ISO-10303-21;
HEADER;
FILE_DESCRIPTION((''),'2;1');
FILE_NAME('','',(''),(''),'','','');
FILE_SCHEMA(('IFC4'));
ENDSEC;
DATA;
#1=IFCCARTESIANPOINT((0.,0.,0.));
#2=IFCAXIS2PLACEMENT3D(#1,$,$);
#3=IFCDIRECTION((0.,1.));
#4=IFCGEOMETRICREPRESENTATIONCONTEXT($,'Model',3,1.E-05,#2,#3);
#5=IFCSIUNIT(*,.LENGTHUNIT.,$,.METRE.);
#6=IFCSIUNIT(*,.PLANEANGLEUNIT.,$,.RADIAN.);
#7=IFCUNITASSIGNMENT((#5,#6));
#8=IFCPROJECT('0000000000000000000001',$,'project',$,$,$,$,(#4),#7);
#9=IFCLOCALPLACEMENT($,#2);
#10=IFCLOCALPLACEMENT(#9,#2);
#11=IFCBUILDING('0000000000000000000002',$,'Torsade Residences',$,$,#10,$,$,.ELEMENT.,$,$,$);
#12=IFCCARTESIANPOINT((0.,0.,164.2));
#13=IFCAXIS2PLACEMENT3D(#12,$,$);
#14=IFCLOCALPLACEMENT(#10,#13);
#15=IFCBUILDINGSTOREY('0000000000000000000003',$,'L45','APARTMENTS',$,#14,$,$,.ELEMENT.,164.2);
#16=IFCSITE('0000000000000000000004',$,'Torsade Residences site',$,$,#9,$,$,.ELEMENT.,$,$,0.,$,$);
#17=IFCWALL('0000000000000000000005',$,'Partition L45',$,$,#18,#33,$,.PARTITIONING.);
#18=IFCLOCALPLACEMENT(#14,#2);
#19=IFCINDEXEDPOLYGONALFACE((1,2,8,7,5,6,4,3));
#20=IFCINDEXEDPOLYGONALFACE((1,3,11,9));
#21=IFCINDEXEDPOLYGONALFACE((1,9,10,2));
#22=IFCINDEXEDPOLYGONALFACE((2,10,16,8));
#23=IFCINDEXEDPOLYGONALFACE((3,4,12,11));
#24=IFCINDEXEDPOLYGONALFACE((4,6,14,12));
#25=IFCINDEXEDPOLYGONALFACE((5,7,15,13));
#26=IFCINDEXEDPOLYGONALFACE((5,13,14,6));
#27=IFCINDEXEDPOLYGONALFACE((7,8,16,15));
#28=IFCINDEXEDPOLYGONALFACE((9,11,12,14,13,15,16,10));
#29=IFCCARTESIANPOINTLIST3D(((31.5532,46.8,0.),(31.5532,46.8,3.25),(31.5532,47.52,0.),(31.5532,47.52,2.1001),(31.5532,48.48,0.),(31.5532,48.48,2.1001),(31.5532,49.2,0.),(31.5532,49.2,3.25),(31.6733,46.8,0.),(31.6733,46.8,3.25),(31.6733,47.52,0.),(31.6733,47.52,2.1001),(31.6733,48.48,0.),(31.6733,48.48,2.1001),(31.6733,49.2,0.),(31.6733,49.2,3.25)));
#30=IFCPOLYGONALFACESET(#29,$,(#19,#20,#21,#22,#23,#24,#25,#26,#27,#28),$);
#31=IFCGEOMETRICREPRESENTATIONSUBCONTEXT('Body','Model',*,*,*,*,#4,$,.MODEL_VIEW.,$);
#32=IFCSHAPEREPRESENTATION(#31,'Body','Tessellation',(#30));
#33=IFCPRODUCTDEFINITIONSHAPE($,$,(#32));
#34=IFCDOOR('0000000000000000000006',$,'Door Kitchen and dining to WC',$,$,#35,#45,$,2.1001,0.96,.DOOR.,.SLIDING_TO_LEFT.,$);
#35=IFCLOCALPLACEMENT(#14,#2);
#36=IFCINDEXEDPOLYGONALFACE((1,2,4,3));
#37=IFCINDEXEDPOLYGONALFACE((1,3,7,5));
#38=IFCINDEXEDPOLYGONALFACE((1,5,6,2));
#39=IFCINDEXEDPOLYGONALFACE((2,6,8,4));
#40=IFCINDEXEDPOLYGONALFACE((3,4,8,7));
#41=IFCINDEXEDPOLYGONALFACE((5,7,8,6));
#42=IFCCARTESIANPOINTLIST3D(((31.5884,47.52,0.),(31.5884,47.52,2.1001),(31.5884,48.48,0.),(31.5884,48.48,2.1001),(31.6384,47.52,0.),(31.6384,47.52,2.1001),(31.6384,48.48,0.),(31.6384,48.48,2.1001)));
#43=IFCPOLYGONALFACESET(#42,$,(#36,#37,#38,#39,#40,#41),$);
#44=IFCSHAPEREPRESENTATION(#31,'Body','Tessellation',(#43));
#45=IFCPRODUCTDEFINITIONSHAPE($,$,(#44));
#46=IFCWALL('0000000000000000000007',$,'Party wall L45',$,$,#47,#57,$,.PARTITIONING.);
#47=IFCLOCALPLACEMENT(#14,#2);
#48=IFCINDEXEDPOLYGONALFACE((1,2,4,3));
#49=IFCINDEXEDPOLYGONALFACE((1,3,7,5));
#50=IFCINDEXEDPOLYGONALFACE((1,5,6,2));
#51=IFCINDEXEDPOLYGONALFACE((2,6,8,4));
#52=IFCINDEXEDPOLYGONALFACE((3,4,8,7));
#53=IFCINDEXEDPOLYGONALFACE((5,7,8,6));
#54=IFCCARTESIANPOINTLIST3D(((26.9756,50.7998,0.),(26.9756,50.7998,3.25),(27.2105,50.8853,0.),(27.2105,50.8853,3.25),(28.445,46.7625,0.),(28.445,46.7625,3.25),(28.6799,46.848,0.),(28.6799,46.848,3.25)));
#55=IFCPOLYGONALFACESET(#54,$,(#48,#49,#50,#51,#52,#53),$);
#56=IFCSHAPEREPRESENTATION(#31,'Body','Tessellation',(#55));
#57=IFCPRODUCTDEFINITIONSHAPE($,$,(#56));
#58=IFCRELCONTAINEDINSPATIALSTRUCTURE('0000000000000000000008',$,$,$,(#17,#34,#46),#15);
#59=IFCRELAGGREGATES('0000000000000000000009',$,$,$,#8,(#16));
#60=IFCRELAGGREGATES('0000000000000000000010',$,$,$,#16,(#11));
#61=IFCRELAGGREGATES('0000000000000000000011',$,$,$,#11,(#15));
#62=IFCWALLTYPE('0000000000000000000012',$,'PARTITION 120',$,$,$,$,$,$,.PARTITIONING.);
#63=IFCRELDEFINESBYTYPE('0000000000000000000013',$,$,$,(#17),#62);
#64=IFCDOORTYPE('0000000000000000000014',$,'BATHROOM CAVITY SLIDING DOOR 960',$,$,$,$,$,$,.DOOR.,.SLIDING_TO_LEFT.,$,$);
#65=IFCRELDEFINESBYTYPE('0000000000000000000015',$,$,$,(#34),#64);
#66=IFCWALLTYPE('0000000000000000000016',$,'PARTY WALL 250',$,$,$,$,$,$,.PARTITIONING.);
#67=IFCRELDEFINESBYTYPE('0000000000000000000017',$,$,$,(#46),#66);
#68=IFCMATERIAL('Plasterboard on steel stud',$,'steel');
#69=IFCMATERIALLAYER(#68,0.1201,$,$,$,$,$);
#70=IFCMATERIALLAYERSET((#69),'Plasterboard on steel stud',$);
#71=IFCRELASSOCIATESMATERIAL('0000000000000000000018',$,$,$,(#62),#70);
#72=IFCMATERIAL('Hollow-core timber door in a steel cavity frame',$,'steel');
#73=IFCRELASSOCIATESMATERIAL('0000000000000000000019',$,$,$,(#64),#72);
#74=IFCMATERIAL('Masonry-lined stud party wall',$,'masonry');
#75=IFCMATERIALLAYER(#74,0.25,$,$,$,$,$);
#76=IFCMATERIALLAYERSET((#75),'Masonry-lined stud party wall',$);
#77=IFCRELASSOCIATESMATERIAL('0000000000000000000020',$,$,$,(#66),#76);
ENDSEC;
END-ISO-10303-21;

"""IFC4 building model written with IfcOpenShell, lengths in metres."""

from ifc_helpers import new_model, si_unit, direction, frame, frame_2d, origin, place, context, subcontext, project, spatial, rectangle, extrude, material, layer, layer_set, type_object, element, fill, save


model = new_model("IFC4")

# Units and contexts
model_context = context("Model", 3, precision=1e-05, world=origin(), true_north=direction((0.0, 1.0)))
body_context = subcontext(model_context, "Body", "Model", "MODEL_VIEW")
ifc_project = project(units=[si_unit("LENGTHUNIT", "METRE"), si_unit("PLANEANGLEUNIT", "RADIAN")], contexts=[model_context])

# Site, building, storey
site_placement = place(None, origin())
site = spatial("IfcSite", under=ifc_project, at=site_placement, Name="Torsade Residences site", CompositionType="ELEMENT", RefElevation=0.0)
building_placement = place(site_placement, origin())
building = spatial("IfcBuilding", under=site, at=building_placement, Name="Torsade Residences", CompositionType="ELEMENT")
storey_placement = place(building_placement, frame((0.0, 0.0, 164.2)))
storey = spatial("IfcBuildingStorey", under=building, at=storey_placement, Name="L45", Description="APARTMENTS", CompositionType="ELEMENT", Elevation=164.2)

# Shared definitions
ifc_material_1 = material(Name="Plasterboard on steel stud", Category="steel")
ifc_layer_1 = layer(ifc_material_1, 0.1201)
ifc_layer_set_1 = layer_set([ifc_layer_1], Name="Plasterboard on steel stud")
wall_type_1 = type_object("IfcWallType", Name="PARTITION 120", PredefinedType="PARTITIONING", material=ifc_layer_set_1)
ifc_material_2 = material(Name="Hollow-core timber door in a steel cavity frame", Category="steel")
door_type_1 = type_object("IfcDoorType", Name="BATHROOM CAVITY SLIDING DOOR 960", OperationType="SLIDING_TO_LEFT", PredefinedType="DOOR", material=ifc_material_2)

# Wall, opening, door
wall_1_placement = place(storey_placement, frame((31.6133, 46.8, 0.0), z_axis=(0.0, 0.0, 1.0), x_axis=(0.0, 1.0, 0.0)))
wall_1 = element("IfcWall", 1, at=wall_1_placement, inside=storey, type_object=wall_type_1, Name="Partition L45", PredefinedType="PARTITIONING", context=body_context, shape_type="SweptSolid", body=[
    extrude(rectangle(XDim=2.3999, YDim=0.1201, at=frame_2d((1.2, 0.0))), origin(), (0.0, 0.0, 1.0), 3.25),
])
opening_1_placement = place(wall_1_placement, frame((0.72, 0.0, 0.0)))
opening_1 = element("IfcOpeningElement", 2, at=opening_1_placement, cuts=wall_1, PredefinedType="OPENING", context=body_context, shape_type="SweptSolid", body=[
    extrude(rectangle(XDim=0.96, YDim=2.1001, at=frame_2d((0.48, 1.05))), frame((0.0, 0.0701, 0.0), z_axis=(0.0, -1.0, 0.0), x_axis=(1.0, 0.0, 0.0)), (0.0, 0.0, 1.0), 0.1401),
])
door_1_placement = place(opening_1_placement, origin())
door_1 = element("IfcDoor", 3, at=door_1_placement, inside=storey, type_object=door_type_1, Name="Door Kitchen and dining to WC", OperationType="SLIDING_TO_LEFT", OverallHeight=2.1001, OverallWidth=0.96, PredefinedType="DOOR", context=body_context, shape_type="SweptSolid", body=[
    extrude(rectangle(XDim=0.96, YDim=2.1001, at=frame_2d((0.48, 1.05))), frame((0.0, 0.0249, 0.0), z_axis=(0.0, -1.0, 0.0), x_axis=(1.0, 0.0, 0.0)), (0.0, 0.0, 1.0), 0.05),
])
fill(opening_1, door_1)

# Wall
ifc_material_3 = material(Name="Masonry-lined stud party wall", Category="masonry")
ifc_layer_2 = layer(ifc_material_3, 0.25)
ifc_layer_set_2 = layer_set([ifc_layer_2], Name="Masonry-lined stud party wall")
wall_type_2 = type_object("IfcWallType", Name="PARTY WALL 250", PredefinedType="PARTITIONING", material=ifc_layer_set_2)
wall_2_placement = place(storey_placement, frame((27.093, 50.8425, 0.0), z_axis=(0.0, 0.0, 1.0), x_axis=(0.342021, -0.939692, 0.0)))
element("IfcWall", 4, at=wall_2_placement, inside=storey, type_object=wall_type_2, Name="Party wall L45", PredefinedType="PARTITIONING", context=body_context, shape_type="SweptSolid", body=[
    extrude(rectangle(XDim=4.2964, YDim=0.25, at=frame_2d((2.1482, 0.0))), origin(), (0.0, 0.0, 1.0), 3.25),
])

save(model, "model.ifc")
